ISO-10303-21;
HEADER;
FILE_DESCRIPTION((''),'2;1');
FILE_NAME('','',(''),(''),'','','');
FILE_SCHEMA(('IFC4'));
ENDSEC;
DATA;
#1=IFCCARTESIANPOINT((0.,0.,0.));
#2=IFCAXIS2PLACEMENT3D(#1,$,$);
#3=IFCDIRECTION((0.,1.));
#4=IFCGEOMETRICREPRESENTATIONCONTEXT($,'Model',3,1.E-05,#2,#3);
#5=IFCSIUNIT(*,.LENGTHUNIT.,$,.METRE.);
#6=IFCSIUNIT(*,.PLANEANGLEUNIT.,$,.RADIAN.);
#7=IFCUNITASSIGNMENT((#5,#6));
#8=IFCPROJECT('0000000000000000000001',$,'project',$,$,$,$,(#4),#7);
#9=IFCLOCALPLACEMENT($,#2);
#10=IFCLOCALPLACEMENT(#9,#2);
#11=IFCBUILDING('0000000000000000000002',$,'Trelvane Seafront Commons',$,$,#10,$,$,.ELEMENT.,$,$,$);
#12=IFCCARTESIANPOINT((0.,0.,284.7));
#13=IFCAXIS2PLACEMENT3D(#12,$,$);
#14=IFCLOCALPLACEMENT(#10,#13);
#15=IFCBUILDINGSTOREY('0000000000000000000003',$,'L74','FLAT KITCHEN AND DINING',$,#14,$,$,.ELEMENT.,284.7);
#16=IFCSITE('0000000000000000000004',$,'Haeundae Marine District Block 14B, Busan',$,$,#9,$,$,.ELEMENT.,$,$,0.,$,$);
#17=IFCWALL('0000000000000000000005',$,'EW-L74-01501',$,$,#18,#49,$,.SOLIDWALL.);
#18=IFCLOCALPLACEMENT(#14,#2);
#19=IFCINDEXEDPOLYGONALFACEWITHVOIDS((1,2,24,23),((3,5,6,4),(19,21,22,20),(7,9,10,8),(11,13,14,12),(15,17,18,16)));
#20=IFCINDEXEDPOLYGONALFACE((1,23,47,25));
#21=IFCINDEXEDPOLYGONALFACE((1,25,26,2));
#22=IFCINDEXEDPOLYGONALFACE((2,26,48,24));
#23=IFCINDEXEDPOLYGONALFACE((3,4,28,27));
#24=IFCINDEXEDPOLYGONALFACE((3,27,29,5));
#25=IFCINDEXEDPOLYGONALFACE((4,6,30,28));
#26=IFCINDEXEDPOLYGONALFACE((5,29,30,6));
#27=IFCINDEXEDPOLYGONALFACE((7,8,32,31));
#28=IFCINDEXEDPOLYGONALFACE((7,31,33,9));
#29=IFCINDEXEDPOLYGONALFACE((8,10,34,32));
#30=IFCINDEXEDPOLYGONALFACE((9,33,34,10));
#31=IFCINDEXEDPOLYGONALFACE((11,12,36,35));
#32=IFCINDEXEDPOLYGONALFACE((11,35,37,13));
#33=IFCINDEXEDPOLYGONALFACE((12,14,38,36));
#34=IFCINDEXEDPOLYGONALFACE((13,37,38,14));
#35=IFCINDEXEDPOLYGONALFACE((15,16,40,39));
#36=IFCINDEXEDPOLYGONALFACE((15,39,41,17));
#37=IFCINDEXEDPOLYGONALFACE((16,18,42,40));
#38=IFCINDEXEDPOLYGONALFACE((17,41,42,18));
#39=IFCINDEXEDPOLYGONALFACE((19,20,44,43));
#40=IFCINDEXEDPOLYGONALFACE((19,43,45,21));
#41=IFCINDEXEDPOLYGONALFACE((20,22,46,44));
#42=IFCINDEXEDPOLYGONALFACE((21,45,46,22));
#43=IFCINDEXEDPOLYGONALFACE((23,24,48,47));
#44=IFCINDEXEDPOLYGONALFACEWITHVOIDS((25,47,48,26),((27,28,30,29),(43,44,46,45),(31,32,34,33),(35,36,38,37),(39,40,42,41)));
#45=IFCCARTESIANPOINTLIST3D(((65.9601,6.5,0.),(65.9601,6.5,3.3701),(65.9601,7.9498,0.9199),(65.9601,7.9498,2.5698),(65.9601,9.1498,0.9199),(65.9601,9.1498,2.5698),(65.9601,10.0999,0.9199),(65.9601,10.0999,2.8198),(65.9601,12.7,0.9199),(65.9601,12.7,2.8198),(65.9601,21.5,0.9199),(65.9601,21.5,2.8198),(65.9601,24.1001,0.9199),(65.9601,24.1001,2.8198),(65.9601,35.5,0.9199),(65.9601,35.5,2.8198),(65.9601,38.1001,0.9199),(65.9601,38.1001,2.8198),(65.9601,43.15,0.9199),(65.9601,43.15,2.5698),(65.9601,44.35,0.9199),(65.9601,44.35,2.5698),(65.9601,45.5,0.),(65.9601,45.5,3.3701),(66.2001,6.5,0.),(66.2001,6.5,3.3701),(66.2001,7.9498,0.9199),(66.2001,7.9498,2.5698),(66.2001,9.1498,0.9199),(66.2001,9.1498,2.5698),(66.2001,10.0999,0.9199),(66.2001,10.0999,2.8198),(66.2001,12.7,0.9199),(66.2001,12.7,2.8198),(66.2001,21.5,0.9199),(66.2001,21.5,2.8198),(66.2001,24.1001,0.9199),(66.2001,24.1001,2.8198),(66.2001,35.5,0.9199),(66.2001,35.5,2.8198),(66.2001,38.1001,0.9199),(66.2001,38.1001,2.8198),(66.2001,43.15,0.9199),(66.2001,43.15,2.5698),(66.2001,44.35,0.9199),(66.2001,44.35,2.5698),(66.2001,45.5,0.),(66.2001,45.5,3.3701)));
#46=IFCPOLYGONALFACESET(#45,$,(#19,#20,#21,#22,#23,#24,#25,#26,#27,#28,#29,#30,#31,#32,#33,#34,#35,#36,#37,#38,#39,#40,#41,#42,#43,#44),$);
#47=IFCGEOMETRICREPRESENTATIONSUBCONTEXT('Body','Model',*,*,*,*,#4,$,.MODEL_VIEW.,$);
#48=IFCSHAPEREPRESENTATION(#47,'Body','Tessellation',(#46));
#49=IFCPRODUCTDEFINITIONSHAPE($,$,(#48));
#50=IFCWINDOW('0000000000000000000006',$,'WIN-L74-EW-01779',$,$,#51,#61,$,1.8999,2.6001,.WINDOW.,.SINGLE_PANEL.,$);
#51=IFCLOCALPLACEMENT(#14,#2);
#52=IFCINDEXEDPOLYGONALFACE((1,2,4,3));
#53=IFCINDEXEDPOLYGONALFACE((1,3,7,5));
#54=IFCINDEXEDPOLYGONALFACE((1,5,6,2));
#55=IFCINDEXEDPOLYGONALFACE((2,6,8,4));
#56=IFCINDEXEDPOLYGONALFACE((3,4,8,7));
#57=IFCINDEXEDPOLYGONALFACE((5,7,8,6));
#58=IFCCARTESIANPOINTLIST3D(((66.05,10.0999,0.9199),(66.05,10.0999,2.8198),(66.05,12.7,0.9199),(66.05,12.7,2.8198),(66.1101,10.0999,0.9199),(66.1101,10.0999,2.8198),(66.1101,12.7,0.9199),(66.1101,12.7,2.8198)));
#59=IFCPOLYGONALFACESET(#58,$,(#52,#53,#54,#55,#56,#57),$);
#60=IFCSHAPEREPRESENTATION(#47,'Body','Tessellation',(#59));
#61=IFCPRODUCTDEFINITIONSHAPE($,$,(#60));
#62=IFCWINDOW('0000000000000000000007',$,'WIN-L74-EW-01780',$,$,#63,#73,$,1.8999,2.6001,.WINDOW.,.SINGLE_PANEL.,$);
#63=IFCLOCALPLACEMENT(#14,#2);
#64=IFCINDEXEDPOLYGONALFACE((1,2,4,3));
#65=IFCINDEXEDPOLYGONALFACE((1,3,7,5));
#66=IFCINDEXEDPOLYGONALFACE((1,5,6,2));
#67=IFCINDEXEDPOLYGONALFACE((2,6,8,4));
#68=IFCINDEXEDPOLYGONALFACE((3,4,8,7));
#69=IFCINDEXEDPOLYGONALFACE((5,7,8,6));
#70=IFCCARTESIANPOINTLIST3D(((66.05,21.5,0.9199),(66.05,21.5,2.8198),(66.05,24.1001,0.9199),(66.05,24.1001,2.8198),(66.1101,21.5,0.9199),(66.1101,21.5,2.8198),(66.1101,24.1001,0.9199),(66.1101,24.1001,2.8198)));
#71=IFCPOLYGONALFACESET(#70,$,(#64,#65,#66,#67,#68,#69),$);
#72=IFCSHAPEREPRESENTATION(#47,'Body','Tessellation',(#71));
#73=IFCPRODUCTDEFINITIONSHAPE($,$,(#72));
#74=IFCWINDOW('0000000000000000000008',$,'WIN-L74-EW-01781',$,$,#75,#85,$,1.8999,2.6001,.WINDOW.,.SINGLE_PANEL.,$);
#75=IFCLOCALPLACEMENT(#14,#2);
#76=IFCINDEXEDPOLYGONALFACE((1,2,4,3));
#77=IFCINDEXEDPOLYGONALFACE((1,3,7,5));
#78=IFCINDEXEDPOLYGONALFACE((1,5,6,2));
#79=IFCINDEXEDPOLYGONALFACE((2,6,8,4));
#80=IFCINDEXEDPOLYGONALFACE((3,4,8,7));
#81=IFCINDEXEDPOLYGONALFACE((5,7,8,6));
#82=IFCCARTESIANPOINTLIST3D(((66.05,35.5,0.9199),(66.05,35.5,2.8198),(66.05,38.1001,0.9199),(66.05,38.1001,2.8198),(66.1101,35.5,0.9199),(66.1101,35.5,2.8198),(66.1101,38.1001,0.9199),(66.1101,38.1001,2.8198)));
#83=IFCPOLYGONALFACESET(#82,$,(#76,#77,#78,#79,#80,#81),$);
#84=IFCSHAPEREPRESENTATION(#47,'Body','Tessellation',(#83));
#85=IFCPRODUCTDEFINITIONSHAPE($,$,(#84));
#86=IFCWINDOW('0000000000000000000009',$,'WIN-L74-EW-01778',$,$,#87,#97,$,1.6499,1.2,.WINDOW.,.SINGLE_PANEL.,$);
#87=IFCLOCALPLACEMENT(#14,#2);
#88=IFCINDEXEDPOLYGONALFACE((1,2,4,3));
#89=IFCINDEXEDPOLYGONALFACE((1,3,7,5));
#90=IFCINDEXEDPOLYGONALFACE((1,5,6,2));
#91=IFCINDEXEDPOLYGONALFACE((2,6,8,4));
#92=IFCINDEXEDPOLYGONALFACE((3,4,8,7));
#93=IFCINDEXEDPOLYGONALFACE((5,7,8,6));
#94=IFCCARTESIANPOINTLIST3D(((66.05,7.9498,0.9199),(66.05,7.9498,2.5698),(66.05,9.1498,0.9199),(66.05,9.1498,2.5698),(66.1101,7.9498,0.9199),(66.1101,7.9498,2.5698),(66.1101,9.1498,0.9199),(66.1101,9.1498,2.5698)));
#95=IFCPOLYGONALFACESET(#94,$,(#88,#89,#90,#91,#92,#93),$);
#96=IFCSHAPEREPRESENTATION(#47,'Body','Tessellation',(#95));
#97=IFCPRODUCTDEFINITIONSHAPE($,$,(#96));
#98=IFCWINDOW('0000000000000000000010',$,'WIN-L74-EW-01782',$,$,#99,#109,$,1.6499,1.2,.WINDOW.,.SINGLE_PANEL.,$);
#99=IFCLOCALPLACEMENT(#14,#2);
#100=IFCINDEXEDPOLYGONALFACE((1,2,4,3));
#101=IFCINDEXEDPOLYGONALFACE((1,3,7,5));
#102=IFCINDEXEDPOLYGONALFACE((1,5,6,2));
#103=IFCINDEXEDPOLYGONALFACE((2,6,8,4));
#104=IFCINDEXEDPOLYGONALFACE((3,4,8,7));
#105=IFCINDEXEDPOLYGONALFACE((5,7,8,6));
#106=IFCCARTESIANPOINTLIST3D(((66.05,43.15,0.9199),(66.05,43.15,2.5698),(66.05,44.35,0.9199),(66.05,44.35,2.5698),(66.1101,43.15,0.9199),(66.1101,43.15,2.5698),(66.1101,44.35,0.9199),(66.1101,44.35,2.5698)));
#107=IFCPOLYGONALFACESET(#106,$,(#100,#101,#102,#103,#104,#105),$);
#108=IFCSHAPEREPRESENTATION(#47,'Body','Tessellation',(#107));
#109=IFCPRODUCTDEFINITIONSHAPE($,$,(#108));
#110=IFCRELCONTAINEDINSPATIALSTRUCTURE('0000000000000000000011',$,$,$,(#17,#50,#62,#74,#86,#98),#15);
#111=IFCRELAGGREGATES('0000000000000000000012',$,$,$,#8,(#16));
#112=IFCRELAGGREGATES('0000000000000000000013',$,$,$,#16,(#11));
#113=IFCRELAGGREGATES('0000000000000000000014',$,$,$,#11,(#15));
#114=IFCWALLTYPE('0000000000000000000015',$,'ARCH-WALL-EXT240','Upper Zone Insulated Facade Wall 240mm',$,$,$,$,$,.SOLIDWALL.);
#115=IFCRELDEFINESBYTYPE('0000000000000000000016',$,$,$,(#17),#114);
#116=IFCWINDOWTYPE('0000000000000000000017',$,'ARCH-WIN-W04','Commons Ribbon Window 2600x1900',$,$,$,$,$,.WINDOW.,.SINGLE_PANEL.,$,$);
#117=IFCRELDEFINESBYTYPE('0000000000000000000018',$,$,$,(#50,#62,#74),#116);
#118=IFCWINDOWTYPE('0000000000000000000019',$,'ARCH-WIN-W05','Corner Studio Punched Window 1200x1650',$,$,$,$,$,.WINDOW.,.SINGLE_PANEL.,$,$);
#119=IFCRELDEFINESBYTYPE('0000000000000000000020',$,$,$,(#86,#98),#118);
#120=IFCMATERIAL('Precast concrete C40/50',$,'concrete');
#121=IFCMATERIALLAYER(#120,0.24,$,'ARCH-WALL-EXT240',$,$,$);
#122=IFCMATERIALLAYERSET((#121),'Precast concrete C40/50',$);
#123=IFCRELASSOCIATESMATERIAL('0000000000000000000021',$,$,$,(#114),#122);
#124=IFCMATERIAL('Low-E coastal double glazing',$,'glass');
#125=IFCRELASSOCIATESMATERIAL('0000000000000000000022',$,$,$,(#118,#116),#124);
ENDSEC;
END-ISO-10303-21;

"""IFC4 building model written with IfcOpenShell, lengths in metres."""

from ifc_helpers import new_model, si_unit, direction, frame, frame_2d, origin, place, context, subcontext, project, spatial, rectangle, extrude, source, transform, mapped, material, layer, layer_set, type_object, element, fill, save


model = new_model("IFC4")

# Units and contexts
model_context = context("Model", 3, precision=1e-05, world=origin(), true_north=direction((0.0, 1.0)))
body_context = subcontext(model_context, "Body", "Model", "MODEL_VIEW")
ifc_project = project(units=[si_unit("LENGTHUNIT", "METRE"), si_unit("PLANEANGLEUNIT", "RADIAN")], contexts=[model_context])

# Site, building, storey
site_placement = place(None, origin())
site = spatial("IfcSite", under=ifc_project, at=site_placement, Name="Haeundae Marine District Block 14B, Busan", CompositionType="ELEMENT", RefElevation=0.0)
building_placement = place(site_placement, origin())
building = spatial("IfcBuilding", under=site, at=building_placement, Name="Trelvane Seafront Commons", CompositionType="ELEMENT")
storey_placement = place(building_placement, frame((0.0, 0.0, 284.7)))
storey = spatial("IfcBuildingStorey", under=building, at=storey_placement, Name="L74", Description="FLAT KITCHEN AND DINING", CompositionType="ELEMENT", Elevation=284.7)

# Shared definitions
ifc_material_1 = material(Name="Low-E coastal double glazing", Category="glass")

# Shared definitions
ifc_material_2 = material(Name="Precast concrete C40/50", Category="concrete")
ifc_layer_1 = layer(ifc_material_2, 0.24, Name="ARCH-WALL-EXT240")
ifc_layer_set_1 = layer_set([ifc_layer_1], Name="Precast concrete C40/50")
wall_type = type_object("IfcWallType", Name="ARCH-WALL-EXT240", Description="Upper Zone Insulated Facade Wall 240mm", PredefinedType="SOLIDWALL", material=ifc_layer_set_1)
window_type_1 = type_object("IfcWindowType", Name="ARCH-WIN-W05", Description="Corner Studio Punched Window 1200x1650", PartitioningType="SINGLE_PANEL", PredefinedType="WINDOW", material=ifc_material_1)
shared_shape_1 = source(origin(), body_context, "Body", "SweptSolid", [
    extrude(rectangle(XDim=1.2, YDim=1.6499, at=frame_2d((0.6001, 0.825))), frame((0.0, 0.03, 0.0), z_axis=(0.0, -1.0, 0.0), x_axis=(1.0, 0.0, 0.0)), (0.0, 0.0, 1.0), 0.0601),
])

# Wall, openings, windows
wall_1_placement = place(storey_placement, frame((66.0801, 45.5, 0.0), z_axis=(0.0, 0.0, 1.0), x_axis=(0.0, -1.0, 0.0)))
wall_1 = element("IfcWall", 1, at=wall_1_placement, inside=storey, type_object=wall_type, Name="EW-L74-01501", PredefinedType="SOLIDWALL", context=body_context, shape_type="SweptSolid", body=[
    extrude(rectangle(XDim=39.0, YDim=0.24, at=frame_2d((19.5, 0.0))), origin(), (0.0, 0.0, 1.0), 3.3701),
])
opening_1_placement = place(wall_1_placement, frame((36.3501, 0.0, 0.9199)))
opening_1 = element("IfcOpeningElement", 2, at=opening_1_placement, cuts=wall_1, PredefinedType="OPENING", context=body_context, shape_type="SweptSolid", body=[
    extrude(rectangle(XDim=1.2, YDim=1.6499, at=frame_2d((0.6001, 0.825))), frame((0.0, 0.1299, 0.0), z_axis=(0.0, -1.0, 0.0), x_axis=(1.0, 0.0, 0.0)), (0.0, 0.0, 1.0), 0.26),
])
opening_2_placement = place(wall_1_placement, frame((32.8, 0.0, 0.9199)))
opening_2 = element("IfcOpeningElement", 3, at=opening_2_placement, cuts=wall_1, PredefinedType="OPENING", context=body_context, shape_type="SweptSolid", body=[
    extrude(rectangle(XDim=2.6001, YDim=1.8999, at=frame_2d((1.3, 0.95))), frame((0.0, 0.1299, 0.0), z_axis=(0.0, -1.0, 0.0), x_axis=(1.0, 0.0, 0.0)), (0.0, 0.0, 1.0), 0.26),
])
opening_3_placement = place(wall_1_placement, frame((21.3999, 0.0, 0.9199)))
opening_3 = element("IfcOpeningElement", 4, at=opening_3_placement, cuts=wall_1, PredefinedType="OPENING", context=body_context, shape_type="SweptSolid", body=[
    extrude(rectangle(XDim=2.6001, YDim=1.8999, at=frame_2d((1.3, 0.95))), frame((0.0, 0.1299, 0.0), z_axis=(0.0, -1.0, 0.0), x_axis=(1.0, 0.0, 0.0)), (0.0, 0.0, 1.0), 0.26),
])
opening_4_placement = place(wall_1_placement, frame((7.3999, 0.0, 0.9199)))
opening_4 = element("IfcOpeningElement", 5, at=opening_4_placement, cuts=wall_1, PredefinedType="OPENING", context=body_context, shape_type="SweptSolid", body=[
    extrude(rectangle(XDim=2.6001, YDim=1.8999, at=frame_2d((1.3, 0.95))), frame((0.0, 0.1299, 0.0), z_axis=(0.0, -1.0, 0.0), x_axis=(1.0, 0.0, 0.0)), (0.0, 0.0, 1.0), 0.26),
])
opening_5_placement = place(wall_1_placement, frame((1.1499, 0.0, 0.9199)))
opening_5 = element("IfcOpeningElement", 6, at=opening_5_placement, cuts=wall_1, PredefinedType="OPENING", context=body_context, shape_type="SweptSolid", body=[
    extrude(rectangle(XDim=1.2, YDim=1.6499, at=frame_2d((0.6001, 0.825))), frame((0.0, 0.1299, 0.0), z_axis=(0.0, -1.0, 0.0), x_axis=(1.0, 0.0, 0.0)), (0.0, 0.0, 1.0), 0.26),
])
window_type_2 = type_object("IfcWindowType", Name="ARCH-WIN-W04", Description="Commons Ribbon Window 2600x1900", PartitioningType="SINGLE_PANEL", PredefinedType="WINDOW", material=ifc_material_1)
shared_shape_2 = source(origin(), body_context, "Body", "SweptSolid", [
    extrude(rectangle(XDim=2.6001, YDim=1.8999, at=frame_2d((1.3, 0.95))), frame((0.0, 0.03, 0.0), z_axis=(0.0, -1.0, 0.0), x_axis=(1.0, 0.0, 0.0)), (0.0, 0.0, 1.0), 0.0601),
])
window_1_placement = place(opening_2_placement, origin())
window_1 = element("IfcWindow", 7, at=window_1_placement, inside=storey, type_object=window_type_2, Name="WIN-L74-EW-01779", OverallHeight=1.8999, OverallWidth=2.6001, PartitioningType="SINGLE_PANEL", PredefinedType="WINDOW", context=body_context, shape_type="MappedRepresentation", body=[
    mapped(shared_shape_2, transform((0.0, 0.0, 0.0), x_axis=(1.0, 0.0, 0.0), y_axis=(0.0, 1.0, 0.0), z_axis=(0.0, 0.0, 1.0), scale=1.0)),
])
fill(opening_2, window_1)
window_2_placement = place(opening_3_placement, origin())
window_2 = element("IfcWindow", 8, at=window_2_placement, inside=storey, type_object=window_type_2, Name="WIN-L74-EW-01780", OverallHeight=1.8999, OverallWidth=2.6001, PartitioningType="SINGLE_PANEL", PredefinedType="WINDOW", context=body_context, shape_type="MappedRepresentation", body=[
    mapped(shared_shape_2, transform((0.0, 0.0, 0.0), x_axis=(1.0, 0.0, 0.0), y_axis=(0.0, 1.0, 0.0), z_axis=(0.0, 0.0, 1.0), scale=1.0)),
])
fill(opening_3, window_2)
window_3_placement = place(opening_4_placement, origin())
window_3 = element("IfcWindow", 9, at=window_3_placement, inside=storey, type_object=window_type_2, Name="WIN-L74-EW-01781", OverallHeight=1.8999, OverallWidth=2.6001, PartitioningType="SINGLE_PANEL", PredefinedType="WINDOW", context=body_context, shape_type="MappedRepresentation", body=[
    mapped(shared_shape_2, transform((0.0, 0.0, 0.0), x_axis=(1.0, 0.0, 0.0), y_axis=(0.0, 1.0, 0.0), z_axis=(0.0, 0.0, 1.0), scale=1.0)),
])
fill(opening_4, window_3)
window_4_placement = place(opening_1_placement, origin())
window_4 = element("IfcWindow", 10, at=window_4_placement, inside=storey, type_object=window_type_1, Name="WIN-L74-EW-01778", OverallHeight=1.6499, OverallWidth=1.2, PartitioningType="SINGLE_PANEL", PredefinedType="WINDOW", context=body_context, shape_type="MappedRepresentation", body=[
    mapped(shared_shape_1, transform((0.0, 0.0, 0.0), x_axis=(1.0, 0.0, 0.0), y_axis=(0.0, 1.0, 0.0), z_axis=(0.0, 0.0, 1.0), scale=1.0)),
])
fill(opening_1, window_4)
window_5_placement = place(opening_5_placement, origin())
window_5 = element("IfcWindow", 11, at=window_5_placement, inside=storey, type_object=window_type_1, Name="WIN-L74-EW-01782", OverallHeight=1.6499, OverallWidth=1.2, PartitioningType="SINGLE_PANEL", PredefinedType="WINDOW", context=body_context, shape_type="MappedRepresentation", body=[
    mapped(shared_shape_1, transform((0.0, 0.0, 0.0), x_axis=(1.0, 0.0, 0.0), y_axis=(0.0, 1.0, 0.0), z_axis=(0.0, 0.0, 1.0), scale=1.0)),
])
fill(opening_5, window_5)

save(model, "model.ifc")
